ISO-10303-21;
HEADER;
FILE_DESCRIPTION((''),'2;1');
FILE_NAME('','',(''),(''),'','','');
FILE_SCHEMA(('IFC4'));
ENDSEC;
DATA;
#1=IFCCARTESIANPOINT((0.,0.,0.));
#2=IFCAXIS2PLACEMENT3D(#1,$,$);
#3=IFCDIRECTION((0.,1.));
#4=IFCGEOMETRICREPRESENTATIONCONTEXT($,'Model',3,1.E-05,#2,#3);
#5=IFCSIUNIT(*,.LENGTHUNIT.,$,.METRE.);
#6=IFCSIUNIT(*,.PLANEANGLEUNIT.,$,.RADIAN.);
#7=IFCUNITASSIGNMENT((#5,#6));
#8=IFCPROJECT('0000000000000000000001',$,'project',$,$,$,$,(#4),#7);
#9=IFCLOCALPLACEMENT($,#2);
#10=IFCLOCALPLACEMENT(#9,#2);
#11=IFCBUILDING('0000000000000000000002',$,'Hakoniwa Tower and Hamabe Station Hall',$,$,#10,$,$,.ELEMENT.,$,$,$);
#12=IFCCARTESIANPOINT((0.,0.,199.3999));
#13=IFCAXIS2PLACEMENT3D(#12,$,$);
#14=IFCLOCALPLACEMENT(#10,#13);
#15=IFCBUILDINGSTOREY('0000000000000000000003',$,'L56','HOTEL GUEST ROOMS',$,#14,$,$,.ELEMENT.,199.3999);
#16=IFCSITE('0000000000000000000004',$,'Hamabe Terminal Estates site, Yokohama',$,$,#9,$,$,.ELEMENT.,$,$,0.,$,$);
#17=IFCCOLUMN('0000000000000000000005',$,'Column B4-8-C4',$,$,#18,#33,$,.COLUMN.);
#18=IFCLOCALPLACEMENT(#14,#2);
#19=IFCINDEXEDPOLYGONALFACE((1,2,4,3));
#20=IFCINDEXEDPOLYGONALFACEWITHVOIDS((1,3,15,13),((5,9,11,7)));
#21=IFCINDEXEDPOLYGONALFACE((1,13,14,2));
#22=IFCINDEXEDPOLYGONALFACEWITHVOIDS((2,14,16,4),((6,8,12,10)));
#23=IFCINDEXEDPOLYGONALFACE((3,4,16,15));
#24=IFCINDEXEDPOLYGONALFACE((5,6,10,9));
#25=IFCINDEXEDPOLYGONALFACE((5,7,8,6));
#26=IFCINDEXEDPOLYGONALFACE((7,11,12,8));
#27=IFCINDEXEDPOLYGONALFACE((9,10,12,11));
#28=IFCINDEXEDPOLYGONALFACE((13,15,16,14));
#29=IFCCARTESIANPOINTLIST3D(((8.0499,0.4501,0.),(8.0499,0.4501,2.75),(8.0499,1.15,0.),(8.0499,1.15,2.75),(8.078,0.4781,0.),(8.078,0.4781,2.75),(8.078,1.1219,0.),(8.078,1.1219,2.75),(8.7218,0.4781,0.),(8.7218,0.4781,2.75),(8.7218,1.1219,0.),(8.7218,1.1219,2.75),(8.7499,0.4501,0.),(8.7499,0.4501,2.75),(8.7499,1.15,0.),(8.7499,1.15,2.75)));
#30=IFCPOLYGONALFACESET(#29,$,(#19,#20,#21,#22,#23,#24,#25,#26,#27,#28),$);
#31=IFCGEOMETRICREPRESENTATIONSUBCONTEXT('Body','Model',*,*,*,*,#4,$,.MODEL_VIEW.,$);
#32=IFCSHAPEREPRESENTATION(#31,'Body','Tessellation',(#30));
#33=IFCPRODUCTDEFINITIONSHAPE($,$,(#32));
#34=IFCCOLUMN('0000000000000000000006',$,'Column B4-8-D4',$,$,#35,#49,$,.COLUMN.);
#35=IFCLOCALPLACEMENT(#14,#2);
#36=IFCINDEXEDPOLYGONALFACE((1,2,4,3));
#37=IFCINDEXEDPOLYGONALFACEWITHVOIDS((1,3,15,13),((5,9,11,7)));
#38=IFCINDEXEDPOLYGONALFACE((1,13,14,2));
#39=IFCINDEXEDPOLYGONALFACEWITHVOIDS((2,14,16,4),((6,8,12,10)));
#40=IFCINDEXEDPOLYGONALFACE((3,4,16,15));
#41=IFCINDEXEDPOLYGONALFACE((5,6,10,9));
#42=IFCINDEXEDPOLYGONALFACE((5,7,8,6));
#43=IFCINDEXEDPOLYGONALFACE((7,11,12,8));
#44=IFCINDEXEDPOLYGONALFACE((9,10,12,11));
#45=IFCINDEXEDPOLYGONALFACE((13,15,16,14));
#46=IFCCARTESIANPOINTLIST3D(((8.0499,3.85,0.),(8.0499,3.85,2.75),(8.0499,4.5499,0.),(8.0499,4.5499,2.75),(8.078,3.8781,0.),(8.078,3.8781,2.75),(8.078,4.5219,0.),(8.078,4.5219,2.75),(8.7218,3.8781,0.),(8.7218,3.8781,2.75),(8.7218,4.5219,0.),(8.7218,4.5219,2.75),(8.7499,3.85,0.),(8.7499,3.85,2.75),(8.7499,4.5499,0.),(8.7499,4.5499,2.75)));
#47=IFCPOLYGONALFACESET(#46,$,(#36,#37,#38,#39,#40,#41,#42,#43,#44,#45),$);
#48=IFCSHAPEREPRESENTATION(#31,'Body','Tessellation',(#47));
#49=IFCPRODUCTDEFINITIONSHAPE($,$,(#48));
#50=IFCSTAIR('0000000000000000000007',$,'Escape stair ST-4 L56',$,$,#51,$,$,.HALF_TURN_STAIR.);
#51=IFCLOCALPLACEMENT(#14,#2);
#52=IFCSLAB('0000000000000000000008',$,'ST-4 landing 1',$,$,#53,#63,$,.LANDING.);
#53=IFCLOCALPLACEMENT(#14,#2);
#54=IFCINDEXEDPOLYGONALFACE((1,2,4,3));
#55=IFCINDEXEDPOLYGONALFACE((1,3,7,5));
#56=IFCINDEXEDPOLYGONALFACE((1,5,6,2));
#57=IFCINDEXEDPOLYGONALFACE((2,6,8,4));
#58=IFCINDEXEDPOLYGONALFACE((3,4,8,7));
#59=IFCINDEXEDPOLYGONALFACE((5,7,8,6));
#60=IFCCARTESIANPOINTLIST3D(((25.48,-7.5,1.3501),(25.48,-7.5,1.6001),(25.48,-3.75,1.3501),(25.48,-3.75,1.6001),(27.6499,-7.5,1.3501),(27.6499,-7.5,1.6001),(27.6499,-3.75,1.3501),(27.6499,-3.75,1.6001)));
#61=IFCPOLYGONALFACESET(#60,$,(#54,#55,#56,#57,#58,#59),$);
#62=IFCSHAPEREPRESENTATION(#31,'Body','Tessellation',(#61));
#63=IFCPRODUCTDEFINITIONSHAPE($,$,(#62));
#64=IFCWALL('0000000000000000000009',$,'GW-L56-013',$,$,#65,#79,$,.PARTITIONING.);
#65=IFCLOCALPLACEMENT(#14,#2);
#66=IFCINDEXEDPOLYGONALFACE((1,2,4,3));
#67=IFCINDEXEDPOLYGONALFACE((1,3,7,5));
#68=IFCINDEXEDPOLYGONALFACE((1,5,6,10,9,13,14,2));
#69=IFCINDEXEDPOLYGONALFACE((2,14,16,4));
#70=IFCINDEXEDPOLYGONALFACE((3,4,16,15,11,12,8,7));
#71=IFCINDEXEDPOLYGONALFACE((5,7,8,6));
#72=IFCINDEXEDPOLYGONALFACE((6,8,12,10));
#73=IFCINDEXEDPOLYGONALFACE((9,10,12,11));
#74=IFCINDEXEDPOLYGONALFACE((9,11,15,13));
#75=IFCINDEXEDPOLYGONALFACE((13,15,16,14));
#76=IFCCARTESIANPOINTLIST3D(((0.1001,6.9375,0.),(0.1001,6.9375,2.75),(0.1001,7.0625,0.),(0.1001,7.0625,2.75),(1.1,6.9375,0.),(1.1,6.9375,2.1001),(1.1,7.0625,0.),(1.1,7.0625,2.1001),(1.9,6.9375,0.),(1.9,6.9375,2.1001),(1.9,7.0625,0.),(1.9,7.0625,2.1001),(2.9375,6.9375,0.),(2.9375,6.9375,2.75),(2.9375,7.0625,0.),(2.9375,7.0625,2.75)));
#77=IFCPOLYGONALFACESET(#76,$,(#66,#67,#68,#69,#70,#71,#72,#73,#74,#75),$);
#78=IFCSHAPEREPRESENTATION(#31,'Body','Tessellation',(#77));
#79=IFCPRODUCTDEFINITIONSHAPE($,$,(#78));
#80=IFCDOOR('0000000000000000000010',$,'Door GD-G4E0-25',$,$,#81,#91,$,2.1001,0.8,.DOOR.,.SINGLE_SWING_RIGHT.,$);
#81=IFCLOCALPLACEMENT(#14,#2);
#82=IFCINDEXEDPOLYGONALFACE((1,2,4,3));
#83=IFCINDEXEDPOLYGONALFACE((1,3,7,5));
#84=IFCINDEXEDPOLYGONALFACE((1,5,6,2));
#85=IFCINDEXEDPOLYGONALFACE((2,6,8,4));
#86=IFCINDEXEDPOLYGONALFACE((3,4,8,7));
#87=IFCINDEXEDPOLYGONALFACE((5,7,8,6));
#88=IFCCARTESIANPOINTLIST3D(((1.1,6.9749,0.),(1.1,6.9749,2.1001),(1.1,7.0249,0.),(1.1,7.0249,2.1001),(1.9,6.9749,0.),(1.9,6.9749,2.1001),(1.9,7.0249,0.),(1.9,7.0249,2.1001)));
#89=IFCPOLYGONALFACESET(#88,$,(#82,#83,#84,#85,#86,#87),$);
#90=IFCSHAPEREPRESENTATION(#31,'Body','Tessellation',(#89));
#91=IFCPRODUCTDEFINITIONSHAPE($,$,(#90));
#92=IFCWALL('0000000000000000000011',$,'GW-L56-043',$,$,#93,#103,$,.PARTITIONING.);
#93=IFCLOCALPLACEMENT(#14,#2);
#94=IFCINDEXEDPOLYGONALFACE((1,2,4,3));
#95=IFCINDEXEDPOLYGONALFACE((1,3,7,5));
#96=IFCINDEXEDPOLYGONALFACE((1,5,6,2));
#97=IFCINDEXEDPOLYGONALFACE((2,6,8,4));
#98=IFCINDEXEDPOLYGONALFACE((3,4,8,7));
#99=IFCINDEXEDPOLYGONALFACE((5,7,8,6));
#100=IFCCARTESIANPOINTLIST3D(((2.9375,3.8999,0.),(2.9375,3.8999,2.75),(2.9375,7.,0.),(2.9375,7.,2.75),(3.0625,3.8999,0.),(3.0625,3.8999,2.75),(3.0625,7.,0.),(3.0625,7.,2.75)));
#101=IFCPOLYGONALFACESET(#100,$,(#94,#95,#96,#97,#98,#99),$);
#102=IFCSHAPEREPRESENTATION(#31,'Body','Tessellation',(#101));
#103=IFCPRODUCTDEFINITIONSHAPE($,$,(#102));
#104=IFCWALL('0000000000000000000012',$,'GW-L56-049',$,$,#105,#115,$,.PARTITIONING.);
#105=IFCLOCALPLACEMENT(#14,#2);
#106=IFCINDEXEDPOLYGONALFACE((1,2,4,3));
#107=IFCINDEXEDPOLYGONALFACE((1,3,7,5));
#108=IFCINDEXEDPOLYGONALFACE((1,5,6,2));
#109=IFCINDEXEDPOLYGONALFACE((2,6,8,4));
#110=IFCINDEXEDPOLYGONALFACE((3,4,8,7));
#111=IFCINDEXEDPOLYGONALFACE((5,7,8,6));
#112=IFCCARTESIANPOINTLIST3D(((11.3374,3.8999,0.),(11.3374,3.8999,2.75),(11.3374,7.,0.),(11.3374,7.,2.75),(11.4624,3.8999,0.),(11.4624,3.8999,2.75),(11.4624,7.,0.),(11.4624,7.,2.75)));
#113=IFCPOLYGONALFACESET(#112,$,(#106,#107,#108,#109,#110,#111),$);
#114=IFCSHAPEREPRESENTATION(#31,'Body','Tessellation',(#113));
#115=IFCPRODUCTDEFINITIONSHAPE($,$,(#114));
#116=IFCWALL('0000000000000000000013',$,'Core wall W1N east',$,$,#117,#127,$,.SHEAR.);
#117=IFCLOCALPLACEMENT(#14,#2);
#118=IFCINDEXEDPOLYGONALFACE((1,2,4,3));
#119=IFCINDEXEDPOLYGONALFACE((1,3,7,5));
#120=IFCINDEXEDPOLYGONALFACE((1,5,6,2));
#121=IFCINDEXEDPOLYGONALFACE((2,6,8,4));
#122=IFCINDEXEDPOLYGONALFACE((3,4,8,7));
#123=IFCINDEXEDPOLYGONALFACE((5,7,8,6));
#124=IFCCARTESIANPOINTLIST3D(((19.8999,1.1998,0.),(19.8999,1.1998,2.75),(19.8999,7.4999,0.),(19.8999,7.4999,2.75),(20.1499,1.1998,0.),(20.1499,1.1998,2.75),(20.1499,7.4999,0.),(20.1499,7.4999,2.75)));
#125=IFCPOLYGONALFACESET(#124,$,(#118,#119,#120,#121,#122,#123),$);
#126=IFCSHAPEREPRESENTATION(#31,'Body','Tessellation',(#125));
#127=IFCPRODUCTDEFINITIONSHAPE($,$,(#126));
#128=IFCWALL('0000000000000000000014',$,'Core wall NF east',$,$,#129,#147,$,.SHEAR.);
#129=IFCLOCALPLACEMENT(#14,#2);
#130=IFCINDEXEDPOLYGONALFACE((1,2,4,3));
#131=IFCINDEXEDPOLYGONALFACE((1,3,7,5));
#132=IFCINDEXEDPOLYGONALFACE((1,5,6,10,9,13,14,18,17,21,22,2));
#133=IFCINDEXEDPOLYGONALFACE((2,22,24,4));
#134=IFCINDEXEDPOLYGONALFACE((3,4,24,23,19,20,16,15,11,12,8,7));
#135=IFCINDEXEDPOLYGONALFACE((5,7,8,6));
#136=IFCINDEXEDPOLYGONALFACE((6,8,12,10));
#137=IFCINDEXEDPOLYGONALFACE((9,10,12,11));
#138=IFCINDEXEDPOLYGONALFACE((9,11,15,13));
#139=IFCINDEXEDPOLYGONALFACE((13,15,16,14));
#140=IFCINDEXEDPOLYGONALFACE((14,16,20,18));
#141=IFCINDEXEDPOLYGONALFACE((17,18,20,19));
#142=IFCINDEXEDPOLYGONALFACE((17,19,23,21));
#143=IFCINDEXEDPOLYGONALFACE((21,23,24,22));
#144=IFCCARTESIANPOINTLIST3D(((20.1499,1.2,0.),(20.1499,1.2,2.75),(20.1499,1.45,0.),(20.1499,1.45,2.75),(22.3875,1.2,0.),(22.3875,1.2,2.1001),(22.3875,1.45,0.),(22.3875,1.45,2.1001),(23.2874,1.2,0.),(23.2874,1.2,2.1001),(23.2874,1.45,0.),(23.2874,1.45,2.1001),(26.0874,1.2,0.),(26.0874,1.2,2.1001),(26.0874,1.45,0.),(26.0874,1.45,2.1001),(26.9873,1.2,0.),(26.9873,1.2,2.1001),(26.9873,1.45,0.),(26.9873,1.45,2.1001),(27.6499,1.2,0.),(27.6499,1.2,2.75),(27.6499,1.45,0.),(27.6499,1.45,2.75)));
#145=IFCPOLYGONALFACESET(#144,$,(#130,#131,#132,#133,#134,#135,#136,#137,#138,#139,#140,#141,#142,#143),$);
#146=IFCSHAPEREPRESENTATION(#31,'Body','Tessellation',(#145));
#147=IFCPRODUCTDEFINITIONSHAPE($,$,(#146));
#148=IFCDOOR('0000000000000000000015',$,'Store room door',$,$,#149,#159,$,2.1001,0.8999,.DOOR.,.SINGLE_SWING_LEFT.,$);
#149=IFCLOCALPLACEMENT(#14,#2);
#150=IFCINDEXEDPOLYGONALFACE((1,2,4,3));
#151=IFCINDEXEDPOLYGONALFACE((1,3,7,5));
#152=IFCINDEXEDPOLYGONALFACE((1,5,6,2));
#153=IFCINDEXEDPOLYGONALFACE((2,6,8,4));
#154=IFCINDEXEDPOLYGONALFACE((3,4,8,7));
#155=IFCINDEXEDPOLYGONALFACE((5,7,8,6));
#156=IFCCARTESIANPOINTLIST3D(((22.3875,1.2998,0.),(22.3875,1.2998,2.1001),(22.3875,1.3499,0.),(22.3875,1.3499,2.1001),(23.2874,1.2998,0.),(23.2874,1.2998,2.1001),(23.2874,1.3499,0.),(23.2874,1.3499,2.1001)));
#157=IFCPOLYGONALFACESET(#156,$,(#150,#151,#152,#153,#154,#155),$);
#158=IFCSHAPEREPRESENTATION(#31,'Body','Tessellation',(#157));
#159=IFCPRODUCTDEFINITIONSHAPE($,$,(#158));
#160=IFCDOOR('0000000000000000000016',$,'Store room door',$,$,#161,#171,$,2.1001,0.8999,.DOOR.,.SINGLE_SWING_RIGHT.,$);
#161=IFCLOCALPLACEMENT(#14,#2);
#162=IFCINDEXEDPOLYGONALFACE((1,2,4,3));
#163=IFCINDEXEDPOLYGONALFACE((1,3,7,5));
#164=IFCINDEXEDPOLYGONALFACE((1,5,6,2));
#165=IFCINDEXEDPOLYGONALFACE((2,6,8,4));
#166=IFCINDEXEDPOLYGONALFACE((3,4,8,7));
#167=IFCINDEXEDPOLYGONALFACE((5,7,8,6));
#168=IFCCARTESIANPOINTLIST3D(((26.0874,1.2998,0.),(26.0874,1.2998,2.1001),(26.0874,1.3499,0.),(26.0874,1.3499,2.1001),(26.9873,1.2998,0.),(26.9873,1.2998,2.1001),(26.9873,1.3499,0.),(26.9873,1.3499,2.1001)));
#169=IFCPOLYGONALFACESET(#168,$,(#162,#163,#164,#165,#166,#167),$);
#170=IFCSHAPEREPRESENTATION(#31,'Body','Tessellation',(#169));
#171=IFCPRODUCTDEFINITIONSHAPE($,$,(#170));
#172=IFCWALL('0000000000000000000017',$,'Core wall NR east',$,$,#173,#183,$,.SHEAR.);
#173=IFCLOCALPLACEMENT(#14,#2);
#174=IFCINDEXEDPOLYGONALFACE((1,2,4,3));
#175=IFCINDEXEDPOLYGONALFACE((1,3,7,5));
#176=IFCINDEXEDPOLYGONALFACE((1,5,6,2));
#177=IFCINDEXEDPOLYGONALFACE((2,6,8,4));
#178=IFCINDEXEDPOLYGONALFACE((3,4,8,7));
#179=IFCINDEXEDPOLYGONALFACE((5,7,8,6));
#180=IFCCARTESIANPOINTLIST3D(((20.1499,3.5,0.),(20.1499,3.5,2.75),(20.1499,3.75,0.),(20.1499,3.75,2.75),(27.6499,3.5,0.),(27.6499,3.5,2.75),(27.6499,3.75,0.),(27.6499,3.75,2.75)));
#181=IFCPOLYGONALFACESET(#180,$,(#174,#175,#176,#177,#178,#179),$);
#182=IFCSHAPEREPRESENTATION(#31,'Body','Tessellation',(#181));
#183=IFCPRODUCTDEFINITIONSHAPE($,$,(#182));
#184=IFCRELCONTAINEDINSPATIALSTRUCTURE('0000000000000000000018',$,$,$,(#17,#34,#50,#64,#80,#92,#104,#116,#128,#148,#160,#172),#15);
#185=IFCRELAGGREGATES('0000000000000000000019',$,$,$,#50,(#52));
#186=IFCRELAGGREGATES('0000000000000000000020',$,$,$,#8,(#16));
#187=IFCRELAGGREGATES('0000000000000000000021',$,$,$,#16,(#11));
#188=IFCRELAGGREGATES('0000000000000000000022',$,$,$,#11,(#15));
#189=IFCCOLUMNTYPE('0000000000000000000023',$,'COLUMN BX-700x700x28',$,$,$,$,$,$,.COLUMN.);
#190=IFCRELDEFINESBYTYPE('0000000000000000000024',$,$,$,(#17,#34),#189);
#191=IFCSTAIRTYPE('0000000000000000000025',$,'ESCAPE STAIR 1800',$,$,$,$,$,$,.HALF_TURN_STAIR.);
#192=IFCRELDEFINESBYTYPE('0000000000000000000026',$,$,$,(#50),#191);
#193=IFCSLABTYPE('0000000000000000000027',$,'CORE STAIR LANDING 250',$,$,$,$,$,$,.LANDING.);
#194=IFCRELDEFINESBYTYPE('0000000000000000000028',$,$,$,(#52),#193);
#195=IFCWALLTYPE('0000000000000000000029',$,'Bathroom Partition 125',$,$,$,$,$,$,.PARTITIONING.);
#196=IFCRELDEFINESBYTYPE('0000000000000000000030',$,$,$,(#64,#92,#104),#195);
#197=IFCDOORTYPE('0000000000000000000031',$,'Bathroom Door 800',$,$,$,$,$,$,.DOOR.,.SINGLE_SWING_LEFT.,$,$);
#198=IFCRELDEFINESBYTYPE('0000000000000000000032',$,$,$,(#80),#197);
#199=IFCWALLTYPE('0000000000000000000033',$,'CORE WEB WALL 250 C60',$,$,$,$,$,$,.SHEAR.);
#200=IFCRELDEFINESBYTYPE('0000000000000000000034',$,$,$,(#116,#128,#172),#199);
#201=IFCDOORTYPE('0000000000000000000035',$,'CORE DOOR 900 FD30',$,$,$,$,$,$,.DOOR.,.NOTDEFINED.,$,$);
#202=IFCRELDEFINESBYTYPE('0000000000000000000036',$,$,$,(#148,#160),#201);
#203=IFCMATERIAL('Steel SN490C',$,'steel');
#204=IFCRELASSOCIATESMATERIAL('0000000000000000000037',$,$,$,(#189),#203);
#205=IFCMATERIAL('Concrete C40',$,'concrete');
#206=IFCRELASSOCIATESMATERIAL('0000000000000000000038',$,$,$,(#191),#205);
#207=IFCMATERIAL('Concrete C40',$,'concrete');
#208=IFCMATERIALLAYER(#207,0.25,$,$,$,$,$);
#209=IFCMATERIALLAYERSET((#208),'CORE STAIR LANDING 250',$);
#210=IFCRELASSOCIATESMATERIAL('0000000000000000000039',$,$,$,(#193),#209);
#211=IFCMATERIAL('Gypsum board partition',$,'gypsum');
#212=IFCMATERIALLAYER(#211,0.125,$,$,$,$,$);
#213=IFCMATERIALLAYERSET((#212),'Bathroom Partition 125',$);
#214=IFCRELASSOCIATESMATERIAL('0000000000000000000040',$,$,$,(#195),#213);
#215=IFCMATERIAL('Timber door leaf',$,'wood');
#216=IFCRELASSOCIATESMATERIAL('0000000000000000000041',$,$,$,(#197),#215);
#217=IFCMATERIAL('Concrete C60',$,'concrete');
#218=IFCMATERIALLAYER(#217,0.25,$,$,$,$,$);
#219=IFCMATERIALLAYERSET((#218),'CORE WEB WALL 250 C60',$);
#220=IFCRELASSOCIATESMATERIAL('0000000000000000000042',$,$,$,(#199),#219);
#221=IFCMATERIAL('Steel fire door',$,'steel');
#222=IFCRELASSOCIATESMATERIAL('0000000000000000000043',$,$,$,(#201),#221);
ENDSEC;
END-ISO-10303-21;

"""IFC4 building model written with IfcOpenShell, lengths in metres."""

from ifc_helpers import new_model, si_unit, direction, frame, frame_2d, origin, origin_2d, place, context, subcontext, project, spatial, polyline, rectangle, hollow_rectangle, outline, extrude, material, layer, layer_set, material_profile, profile_set, type_object, element, fill, aggregate, save


model = new_model("IFC4")

# Units and contexts
model_context = context("Model", 3, precision=1e-05, world=origin(), true_north=direction((0.0, 1.0)))
body_context = subcontext(model_context, "Body", "Model", "MODEL_VIEW")
ifc_project = project(units=[si_unit("LENGTHUNIT", "METRE"), si_unit("PLANEANGLEUNIT", "RADIAN")], contexts=[model_context])

# Site, building, storey
site_placement = place(None, origin())
site = spatial("IfcSite", under=ifc_project, at=site_placement, Name="Hamabe Terminal Estates site, Yokohama", CompositionType="ELEMENT", RefElevation=0.0)
building_placement = place(site_placement, origin())
building = spatial("IfcBuilding", under=site, at=building_placement, Name="Hakoniwa Tower and Hamabe Station Hall", CompositionType="ELEMENT")
storey_placement = place(building_placement, frame((0.0, 0.0, 199.3999)))
storey = spatial("IfcBuildingStorey", under=building, at=storey_placement, Name="L56", Description="HOTEL GUEST ROOMS", CompositionType="ELEMENT", Elevation=199.3999)

# Columns
ifc_material_1 = material(Name="Steel SN490C", Category="steel")
ifc_material_profile = material_profile(ifc_material_1, hollow_rectangle(XDim=0.7, YDim=0.7, WallThickness=0.0281, at=origin_2d()), Name="BX-700x700x28")
ifc_profile_set = profile_set([ifc_material_profile], Name="Steel SN490C")
column_type = type_object("IfcColumnType", Name="COLUMN BX-700x700x28", PredefinedType="COLUMN", material=ifc_profile_set)
for number, where, z_axis, x_axis, name in (
    (1, (8.3999, 0.8, 0.0), (0.0, 0.0, 1.0), (1.0, 0.0, 0.0), "Column B4-8-C4"),
    (2, (8.3999, 4.2, 0.0), (0.0, 0.0, 1.0), (1.0, 0.0, 0.0), "Column B4-8-D4"),
):
    element("IfcColumn", number, at=place(storey_placement, frame(where, z_axis=z_axis, x_axis=x_axis)), inside=storey, type_object=column_type, Name=name, PredefinedType="COLUMN", context=body_context, shape_type="SweptSolid", body=[
        extrude(hollow_rectangle(XDim=0.7, YDim=0.7, WallThickness=0.0281, at=origin_2d()), origin(), (0.0, 0.0, 1.0), 2.75),
    ])

# Stair, slab
ifc_material_2 = material(Name="Concrete C40", Category="concrete")
stair_type = type_object("IfcStairType", Name="ESCAPE STAIR 1800", PredefinedType="HALF_TURN_STAIR", material=ifc_material_2)
stair_placement = place(storey_placement, origin())
stair = element("IfcStair", 3, at=stair_placement, inside=storey, type_object=stair_type, Name="Escape stair ST-4 L56", PredefinedType="HALF_TURN_STAIR")
ifc_material_3 = material(Name="Concrete C40", Category="concrete")
ifc_layer_1 = layer(ifc_material_3, 0.25)
ifc_layer_set_1 = layer_set([ifc_layer_1], Name="CORE STAIR LANDING 250")
slab_type = type_object("IfcSlabType", Name="CORE STAIR LANDING 250", PredefinedType="LANDING", material=ifc_layer_set_1)
slab_placement = place(storey_placement, frame((0.0, 0.0, 1.3501)))
slab = element("IfcSlab", 4, at=slab_placement, type_object=slab_type, Name="ST-4 landing 1", PredefinedType="LANDING", context=body_context, shape_type="SweptSolid", body=[
    extrude(outline(polyline([(25.48, -7.5), (27.6499, -7.5), (27.6499, -3.75), (25.48, -3.75), (25.48, -7.5)])), origin(), (0.0, 0.0, 1.0), 0.25),
])
aggregate(stair, [slab])

# Wall, opening, door
ifc_material_4 = material(Name="Gypsum board partition", Category="gypsum")
ifc_layer_2 = layer(ifc_material_4, 0.125)
ifc_layer_set_2 = layer_set([ifc_layer_2], Name="Bathroom Partition 125")
wall_type_1 = type_object("IfcWallType", Name="Bathroom Partition 125", PredefinedType="PARTITIONING", material=ifc_layer_set_2)
wall_1_placement = place(storey_placement, frame((0.1001, 7.0, 0.0), z_axis=(0.0, 0.0, 1.0), x_axis=(1.0, 0.0, 0.0)))
wall_1 = element("IfcWall", 5, at=wall_1_placement, inside=storey, type_object=wall_type_1, Name="GW-L56-013", PredefinedType="PARTITIONING", context=body_context, shape_type="SweptSolid", body=[
    extrude(rectangle(XDim=2.8374, YDim=0.125, at=frame_2d((1.4187, 0.0))), origin(), (0.0, 0.0, 1.0), 2.75),
])
opening_1_placement = place(wall_1_placement, frame((1.0, 0.0, 0.0)))
opening_1 = element("IfcOpeningElement", 6, at=opening_1_placement, cuts=wall_1, PredefinedType="OPENING", context=body_context, shape_type="SweptSolid", body=[
    extrude(rectangle(XDim=0.8, YDim=2.1001, at=frame_2d((0.3999, 1.05))), frame((0.0, 0.0725, 0.0), z_axis=(0.0, -1.0, 0.0), x_axis=(1.0, 0.0, 0.0)), (0.0, 0.0, 1.0), 0.145),
])
ifc_material_5 = material(Name="Timber door leaf", Category="wood")
door_type_1 = type_object("IfcDoorType", Name="Bathroom Door 800", OperationType="SINGLE_SWING_LEFT", PredefinedType="DOOR", material=ifc_material_5)
door_1_placement = place(opening_1_placement, origin())
door_1 = element("IfcDoor", 7, at=door_1_placement, inside=storey, type_object=door_type_1, Name="Door GD-G4E0-25", OperationType="SINGLE_SWING_RIGHT", OverallHeight=2.1001, OverallWidth=0.8, PredefinedType="DOOR", context=body_context, shape_type="SweptSolid", body=[
    extrude(rectangle(XDim=0.8, YDim=2.1001, at=frame_2d((0.3999, 1.05))), frame((0.0, 0.0249, 0.0), z_axis=(0.0, -1.0, 0.0), x_axis=(1.0, 0.0, 0.0)), (0.0, 0.0, 1.0), 0.05),
])
fill(opening_1, door_1)

# Walls
for number, where, z_axis, x_axis, name in (
    (8, (3.0, 3.8999, 0.0), (0.0, 0.0, 1.0), (0.0, 1.0, 0.0), "GW-L56-043"),
    (9, (11.3999, 3.8999, 0.0), (0.0, 0.0, 1.0), (0.0, 1.0, 0.0), "GW-L56-049"),
):
    element("IfcWall", number, at=place(storey_placement, frame(where, z_axis=z_axis, x_axis=x_axis)), inside=storey, type_object=wall_type_1, Name=name, PredefinedType="PARTITIONING", context=body_context, shape_type="SweptSolid", body=[
        extrude(rectangle(XDim=3.1001, YDim=0.125, at=frame_2d((1.55, 0.0))), origin(), (0.0, 0.0, 1.0), 2.75),
    ])
ifc_material_6 = material(Name="Concrete C60", Category="concrete")
ifc_layer_3 = layer(ifc_material_6, 0.25)
ifc_layer_set_3 = layer_set([ifc_layer_3], Name="CORE WEB WALL 250 C60")
wall_type_2 = type_object("IfcWallType", Name="CORE WEB WALL 250 C60", PredefinedType="SHEAR", material=ifc_layer_set_3)
wall_2_placement = place(storey_placement, frame((20.0249, 1.2, 0.0), z_axis=(0.0, 0.0, 1.0), x_axis=(0.0, 1.0, 0.0)))
element("IfcWall", 10, at=wall_2_placement, inside=storey, type_object=wall_type_2, Name="Core wall W1N east", PredefinedType="SHEAR", context=body_context, shape_type="SweptSolid", body=[
    extrude(rectangle(XDim=6.3, YDim=0.25, at=frame_2d((3.1499, 0.0))), origin(), (0.0, 0.0, 1.0), 2.75),
])

# Wall, openings, doors
wall_3_placement = place(storey_placement, frame((20.1499, 1.325, 0.0), z_axis=(0.0, 0.0, 1.0), x_axis=(1.0, 0.0, 0.0)))
wall_3 = element("IfcWall", 11, at=wall_3_placement, inside=storey, type_object=wall_type_2, Name="Core wall NF east", PredefinedType="SHEAR", context=body_context, shape_type="SweptSolid", body=[
    extrude(rectangle(XDim=7.5, YDim=0.25, at=frame_2d((3.75, 0.0))), origin(), (0.0, 0.0, 1.0), 2.75),
])
opening_2_placement = place(wall_3_placement, frame((2.2375, 0.0, 0.0)))
opening_2 = element("IfcOpeningElement", 12, at=opening_2_placement, cuts=wall_3, PredefinedType="OPENING", context=body_context, shape_type="SweptSolid", body=[
    extrude(rectangle(XDim=0.8999, YDim=2.1001, at=frame_2d((0.45, 1.05))), frame((0.0, 0.135, 0.0), z_axis=(0.0, -1.0, 0.0), x_axis=(1.0, 0.0, 0.0)), (0.0, 0.0, 1.0), 0.27),
])
opening_3_placement = place(wall_3_placement, frame((5.9375, 0.0, 0.0)))
opening_3 = element("IfcOpeningElement", 13, at=opening_3_placement, cuts=wall_3, PredefinedType="OPENING", context=body_context, shape_type="SweptSolid", body=[
    extrude(rectangle(XDim=0.8999, YDim=2.1001, at=frame_2d((0.45, 1.05))), frame((0.0, 0.135, 0.0), z_axis=(0.0, -1.0, 0.0), x_axis=(1.0, 0.0, 0.0)), (0.0, 0.0, 1.0), 0.27),
])
ifc_material_7 = material(Name="Steel fire door", Category="steel")
door_type_2 = type_object("IfcDoorType", Name="CORE DOOR 900 FD30", OperationType="NOTDEFINED", PredefinedType="DOOR", material=ifc_material_7)
door_2_placement = place(opening_2_placement, origin())
door_2 = element("IfcDoor", 14, at=door_2_placement, inside=storey, type_object=door_type_2, Name="Store room door", OperationType="SINGLE_SWING_LEFT", OverallHeight=2.1001, OverallWidth=0.8999, PredefinedType="DOOR", context=body_context, shape_type="SweptSolid", body=[
    extrude(rectangle(XDim=0.8999, YDim=2.1001, at=frame_2d((0.45, 1.05))), frame((0.0, 0.0249, 0.0), z_axis=(0.0, -1.0, 0.0), x_axis=(1.0, 0.0, 0.0)), (0.0, 0.0, 1.0), 0.05),
])
fill(opening_2, door_2)
door_3_placement = place(opening_3_placement, origin())
door_3 = element("IfcDoor", 15, at=door_3_placement, inside=storey, type_object=door_type_2, Name="Store room door", OperationType="SINGLE_SWING_RIGHT", OverallHeight=2.1001, OverallWidth=0.8999, PredefinedType="DOOR", context=body_context, shape_type="SweptSolid", body=[
    extrude(rectangle(XDim=0.8999, YDim=2.1001, at=frame_2d((0.45, 1.05))), frame((0.0, 0.0249, 0.0), z_axis=(0.0, -1.0, 0.0), x_axis=(1.0, 0.0, 0.0)), (0.0, 0.0, 1.0), 0.05),
])
fill(opening_3, door_3)

# Wall
wall_4_placement = place(storey_placement, frame((20.1499, 3.625, 0.0), z_axis=(0.0, 0.0, 1.0), x_axis=(1.0, 0.0, 0.0)))
element("IfcWall", 16, at=wall_4_placement, inside=storey, type_object=wall_type_2, Name="Core wall NR east", PredefinedType="SHEAR", context=body_context, shape_type="SweptSolid", body=[
    extrude(rectangle(XDim=7.5, YDim=0.25, at=frame_2d((3.75, 0.0))), origin(), (0.0, 0.0, 1.0), 2.75),
])

save(model, "model.ifc")
